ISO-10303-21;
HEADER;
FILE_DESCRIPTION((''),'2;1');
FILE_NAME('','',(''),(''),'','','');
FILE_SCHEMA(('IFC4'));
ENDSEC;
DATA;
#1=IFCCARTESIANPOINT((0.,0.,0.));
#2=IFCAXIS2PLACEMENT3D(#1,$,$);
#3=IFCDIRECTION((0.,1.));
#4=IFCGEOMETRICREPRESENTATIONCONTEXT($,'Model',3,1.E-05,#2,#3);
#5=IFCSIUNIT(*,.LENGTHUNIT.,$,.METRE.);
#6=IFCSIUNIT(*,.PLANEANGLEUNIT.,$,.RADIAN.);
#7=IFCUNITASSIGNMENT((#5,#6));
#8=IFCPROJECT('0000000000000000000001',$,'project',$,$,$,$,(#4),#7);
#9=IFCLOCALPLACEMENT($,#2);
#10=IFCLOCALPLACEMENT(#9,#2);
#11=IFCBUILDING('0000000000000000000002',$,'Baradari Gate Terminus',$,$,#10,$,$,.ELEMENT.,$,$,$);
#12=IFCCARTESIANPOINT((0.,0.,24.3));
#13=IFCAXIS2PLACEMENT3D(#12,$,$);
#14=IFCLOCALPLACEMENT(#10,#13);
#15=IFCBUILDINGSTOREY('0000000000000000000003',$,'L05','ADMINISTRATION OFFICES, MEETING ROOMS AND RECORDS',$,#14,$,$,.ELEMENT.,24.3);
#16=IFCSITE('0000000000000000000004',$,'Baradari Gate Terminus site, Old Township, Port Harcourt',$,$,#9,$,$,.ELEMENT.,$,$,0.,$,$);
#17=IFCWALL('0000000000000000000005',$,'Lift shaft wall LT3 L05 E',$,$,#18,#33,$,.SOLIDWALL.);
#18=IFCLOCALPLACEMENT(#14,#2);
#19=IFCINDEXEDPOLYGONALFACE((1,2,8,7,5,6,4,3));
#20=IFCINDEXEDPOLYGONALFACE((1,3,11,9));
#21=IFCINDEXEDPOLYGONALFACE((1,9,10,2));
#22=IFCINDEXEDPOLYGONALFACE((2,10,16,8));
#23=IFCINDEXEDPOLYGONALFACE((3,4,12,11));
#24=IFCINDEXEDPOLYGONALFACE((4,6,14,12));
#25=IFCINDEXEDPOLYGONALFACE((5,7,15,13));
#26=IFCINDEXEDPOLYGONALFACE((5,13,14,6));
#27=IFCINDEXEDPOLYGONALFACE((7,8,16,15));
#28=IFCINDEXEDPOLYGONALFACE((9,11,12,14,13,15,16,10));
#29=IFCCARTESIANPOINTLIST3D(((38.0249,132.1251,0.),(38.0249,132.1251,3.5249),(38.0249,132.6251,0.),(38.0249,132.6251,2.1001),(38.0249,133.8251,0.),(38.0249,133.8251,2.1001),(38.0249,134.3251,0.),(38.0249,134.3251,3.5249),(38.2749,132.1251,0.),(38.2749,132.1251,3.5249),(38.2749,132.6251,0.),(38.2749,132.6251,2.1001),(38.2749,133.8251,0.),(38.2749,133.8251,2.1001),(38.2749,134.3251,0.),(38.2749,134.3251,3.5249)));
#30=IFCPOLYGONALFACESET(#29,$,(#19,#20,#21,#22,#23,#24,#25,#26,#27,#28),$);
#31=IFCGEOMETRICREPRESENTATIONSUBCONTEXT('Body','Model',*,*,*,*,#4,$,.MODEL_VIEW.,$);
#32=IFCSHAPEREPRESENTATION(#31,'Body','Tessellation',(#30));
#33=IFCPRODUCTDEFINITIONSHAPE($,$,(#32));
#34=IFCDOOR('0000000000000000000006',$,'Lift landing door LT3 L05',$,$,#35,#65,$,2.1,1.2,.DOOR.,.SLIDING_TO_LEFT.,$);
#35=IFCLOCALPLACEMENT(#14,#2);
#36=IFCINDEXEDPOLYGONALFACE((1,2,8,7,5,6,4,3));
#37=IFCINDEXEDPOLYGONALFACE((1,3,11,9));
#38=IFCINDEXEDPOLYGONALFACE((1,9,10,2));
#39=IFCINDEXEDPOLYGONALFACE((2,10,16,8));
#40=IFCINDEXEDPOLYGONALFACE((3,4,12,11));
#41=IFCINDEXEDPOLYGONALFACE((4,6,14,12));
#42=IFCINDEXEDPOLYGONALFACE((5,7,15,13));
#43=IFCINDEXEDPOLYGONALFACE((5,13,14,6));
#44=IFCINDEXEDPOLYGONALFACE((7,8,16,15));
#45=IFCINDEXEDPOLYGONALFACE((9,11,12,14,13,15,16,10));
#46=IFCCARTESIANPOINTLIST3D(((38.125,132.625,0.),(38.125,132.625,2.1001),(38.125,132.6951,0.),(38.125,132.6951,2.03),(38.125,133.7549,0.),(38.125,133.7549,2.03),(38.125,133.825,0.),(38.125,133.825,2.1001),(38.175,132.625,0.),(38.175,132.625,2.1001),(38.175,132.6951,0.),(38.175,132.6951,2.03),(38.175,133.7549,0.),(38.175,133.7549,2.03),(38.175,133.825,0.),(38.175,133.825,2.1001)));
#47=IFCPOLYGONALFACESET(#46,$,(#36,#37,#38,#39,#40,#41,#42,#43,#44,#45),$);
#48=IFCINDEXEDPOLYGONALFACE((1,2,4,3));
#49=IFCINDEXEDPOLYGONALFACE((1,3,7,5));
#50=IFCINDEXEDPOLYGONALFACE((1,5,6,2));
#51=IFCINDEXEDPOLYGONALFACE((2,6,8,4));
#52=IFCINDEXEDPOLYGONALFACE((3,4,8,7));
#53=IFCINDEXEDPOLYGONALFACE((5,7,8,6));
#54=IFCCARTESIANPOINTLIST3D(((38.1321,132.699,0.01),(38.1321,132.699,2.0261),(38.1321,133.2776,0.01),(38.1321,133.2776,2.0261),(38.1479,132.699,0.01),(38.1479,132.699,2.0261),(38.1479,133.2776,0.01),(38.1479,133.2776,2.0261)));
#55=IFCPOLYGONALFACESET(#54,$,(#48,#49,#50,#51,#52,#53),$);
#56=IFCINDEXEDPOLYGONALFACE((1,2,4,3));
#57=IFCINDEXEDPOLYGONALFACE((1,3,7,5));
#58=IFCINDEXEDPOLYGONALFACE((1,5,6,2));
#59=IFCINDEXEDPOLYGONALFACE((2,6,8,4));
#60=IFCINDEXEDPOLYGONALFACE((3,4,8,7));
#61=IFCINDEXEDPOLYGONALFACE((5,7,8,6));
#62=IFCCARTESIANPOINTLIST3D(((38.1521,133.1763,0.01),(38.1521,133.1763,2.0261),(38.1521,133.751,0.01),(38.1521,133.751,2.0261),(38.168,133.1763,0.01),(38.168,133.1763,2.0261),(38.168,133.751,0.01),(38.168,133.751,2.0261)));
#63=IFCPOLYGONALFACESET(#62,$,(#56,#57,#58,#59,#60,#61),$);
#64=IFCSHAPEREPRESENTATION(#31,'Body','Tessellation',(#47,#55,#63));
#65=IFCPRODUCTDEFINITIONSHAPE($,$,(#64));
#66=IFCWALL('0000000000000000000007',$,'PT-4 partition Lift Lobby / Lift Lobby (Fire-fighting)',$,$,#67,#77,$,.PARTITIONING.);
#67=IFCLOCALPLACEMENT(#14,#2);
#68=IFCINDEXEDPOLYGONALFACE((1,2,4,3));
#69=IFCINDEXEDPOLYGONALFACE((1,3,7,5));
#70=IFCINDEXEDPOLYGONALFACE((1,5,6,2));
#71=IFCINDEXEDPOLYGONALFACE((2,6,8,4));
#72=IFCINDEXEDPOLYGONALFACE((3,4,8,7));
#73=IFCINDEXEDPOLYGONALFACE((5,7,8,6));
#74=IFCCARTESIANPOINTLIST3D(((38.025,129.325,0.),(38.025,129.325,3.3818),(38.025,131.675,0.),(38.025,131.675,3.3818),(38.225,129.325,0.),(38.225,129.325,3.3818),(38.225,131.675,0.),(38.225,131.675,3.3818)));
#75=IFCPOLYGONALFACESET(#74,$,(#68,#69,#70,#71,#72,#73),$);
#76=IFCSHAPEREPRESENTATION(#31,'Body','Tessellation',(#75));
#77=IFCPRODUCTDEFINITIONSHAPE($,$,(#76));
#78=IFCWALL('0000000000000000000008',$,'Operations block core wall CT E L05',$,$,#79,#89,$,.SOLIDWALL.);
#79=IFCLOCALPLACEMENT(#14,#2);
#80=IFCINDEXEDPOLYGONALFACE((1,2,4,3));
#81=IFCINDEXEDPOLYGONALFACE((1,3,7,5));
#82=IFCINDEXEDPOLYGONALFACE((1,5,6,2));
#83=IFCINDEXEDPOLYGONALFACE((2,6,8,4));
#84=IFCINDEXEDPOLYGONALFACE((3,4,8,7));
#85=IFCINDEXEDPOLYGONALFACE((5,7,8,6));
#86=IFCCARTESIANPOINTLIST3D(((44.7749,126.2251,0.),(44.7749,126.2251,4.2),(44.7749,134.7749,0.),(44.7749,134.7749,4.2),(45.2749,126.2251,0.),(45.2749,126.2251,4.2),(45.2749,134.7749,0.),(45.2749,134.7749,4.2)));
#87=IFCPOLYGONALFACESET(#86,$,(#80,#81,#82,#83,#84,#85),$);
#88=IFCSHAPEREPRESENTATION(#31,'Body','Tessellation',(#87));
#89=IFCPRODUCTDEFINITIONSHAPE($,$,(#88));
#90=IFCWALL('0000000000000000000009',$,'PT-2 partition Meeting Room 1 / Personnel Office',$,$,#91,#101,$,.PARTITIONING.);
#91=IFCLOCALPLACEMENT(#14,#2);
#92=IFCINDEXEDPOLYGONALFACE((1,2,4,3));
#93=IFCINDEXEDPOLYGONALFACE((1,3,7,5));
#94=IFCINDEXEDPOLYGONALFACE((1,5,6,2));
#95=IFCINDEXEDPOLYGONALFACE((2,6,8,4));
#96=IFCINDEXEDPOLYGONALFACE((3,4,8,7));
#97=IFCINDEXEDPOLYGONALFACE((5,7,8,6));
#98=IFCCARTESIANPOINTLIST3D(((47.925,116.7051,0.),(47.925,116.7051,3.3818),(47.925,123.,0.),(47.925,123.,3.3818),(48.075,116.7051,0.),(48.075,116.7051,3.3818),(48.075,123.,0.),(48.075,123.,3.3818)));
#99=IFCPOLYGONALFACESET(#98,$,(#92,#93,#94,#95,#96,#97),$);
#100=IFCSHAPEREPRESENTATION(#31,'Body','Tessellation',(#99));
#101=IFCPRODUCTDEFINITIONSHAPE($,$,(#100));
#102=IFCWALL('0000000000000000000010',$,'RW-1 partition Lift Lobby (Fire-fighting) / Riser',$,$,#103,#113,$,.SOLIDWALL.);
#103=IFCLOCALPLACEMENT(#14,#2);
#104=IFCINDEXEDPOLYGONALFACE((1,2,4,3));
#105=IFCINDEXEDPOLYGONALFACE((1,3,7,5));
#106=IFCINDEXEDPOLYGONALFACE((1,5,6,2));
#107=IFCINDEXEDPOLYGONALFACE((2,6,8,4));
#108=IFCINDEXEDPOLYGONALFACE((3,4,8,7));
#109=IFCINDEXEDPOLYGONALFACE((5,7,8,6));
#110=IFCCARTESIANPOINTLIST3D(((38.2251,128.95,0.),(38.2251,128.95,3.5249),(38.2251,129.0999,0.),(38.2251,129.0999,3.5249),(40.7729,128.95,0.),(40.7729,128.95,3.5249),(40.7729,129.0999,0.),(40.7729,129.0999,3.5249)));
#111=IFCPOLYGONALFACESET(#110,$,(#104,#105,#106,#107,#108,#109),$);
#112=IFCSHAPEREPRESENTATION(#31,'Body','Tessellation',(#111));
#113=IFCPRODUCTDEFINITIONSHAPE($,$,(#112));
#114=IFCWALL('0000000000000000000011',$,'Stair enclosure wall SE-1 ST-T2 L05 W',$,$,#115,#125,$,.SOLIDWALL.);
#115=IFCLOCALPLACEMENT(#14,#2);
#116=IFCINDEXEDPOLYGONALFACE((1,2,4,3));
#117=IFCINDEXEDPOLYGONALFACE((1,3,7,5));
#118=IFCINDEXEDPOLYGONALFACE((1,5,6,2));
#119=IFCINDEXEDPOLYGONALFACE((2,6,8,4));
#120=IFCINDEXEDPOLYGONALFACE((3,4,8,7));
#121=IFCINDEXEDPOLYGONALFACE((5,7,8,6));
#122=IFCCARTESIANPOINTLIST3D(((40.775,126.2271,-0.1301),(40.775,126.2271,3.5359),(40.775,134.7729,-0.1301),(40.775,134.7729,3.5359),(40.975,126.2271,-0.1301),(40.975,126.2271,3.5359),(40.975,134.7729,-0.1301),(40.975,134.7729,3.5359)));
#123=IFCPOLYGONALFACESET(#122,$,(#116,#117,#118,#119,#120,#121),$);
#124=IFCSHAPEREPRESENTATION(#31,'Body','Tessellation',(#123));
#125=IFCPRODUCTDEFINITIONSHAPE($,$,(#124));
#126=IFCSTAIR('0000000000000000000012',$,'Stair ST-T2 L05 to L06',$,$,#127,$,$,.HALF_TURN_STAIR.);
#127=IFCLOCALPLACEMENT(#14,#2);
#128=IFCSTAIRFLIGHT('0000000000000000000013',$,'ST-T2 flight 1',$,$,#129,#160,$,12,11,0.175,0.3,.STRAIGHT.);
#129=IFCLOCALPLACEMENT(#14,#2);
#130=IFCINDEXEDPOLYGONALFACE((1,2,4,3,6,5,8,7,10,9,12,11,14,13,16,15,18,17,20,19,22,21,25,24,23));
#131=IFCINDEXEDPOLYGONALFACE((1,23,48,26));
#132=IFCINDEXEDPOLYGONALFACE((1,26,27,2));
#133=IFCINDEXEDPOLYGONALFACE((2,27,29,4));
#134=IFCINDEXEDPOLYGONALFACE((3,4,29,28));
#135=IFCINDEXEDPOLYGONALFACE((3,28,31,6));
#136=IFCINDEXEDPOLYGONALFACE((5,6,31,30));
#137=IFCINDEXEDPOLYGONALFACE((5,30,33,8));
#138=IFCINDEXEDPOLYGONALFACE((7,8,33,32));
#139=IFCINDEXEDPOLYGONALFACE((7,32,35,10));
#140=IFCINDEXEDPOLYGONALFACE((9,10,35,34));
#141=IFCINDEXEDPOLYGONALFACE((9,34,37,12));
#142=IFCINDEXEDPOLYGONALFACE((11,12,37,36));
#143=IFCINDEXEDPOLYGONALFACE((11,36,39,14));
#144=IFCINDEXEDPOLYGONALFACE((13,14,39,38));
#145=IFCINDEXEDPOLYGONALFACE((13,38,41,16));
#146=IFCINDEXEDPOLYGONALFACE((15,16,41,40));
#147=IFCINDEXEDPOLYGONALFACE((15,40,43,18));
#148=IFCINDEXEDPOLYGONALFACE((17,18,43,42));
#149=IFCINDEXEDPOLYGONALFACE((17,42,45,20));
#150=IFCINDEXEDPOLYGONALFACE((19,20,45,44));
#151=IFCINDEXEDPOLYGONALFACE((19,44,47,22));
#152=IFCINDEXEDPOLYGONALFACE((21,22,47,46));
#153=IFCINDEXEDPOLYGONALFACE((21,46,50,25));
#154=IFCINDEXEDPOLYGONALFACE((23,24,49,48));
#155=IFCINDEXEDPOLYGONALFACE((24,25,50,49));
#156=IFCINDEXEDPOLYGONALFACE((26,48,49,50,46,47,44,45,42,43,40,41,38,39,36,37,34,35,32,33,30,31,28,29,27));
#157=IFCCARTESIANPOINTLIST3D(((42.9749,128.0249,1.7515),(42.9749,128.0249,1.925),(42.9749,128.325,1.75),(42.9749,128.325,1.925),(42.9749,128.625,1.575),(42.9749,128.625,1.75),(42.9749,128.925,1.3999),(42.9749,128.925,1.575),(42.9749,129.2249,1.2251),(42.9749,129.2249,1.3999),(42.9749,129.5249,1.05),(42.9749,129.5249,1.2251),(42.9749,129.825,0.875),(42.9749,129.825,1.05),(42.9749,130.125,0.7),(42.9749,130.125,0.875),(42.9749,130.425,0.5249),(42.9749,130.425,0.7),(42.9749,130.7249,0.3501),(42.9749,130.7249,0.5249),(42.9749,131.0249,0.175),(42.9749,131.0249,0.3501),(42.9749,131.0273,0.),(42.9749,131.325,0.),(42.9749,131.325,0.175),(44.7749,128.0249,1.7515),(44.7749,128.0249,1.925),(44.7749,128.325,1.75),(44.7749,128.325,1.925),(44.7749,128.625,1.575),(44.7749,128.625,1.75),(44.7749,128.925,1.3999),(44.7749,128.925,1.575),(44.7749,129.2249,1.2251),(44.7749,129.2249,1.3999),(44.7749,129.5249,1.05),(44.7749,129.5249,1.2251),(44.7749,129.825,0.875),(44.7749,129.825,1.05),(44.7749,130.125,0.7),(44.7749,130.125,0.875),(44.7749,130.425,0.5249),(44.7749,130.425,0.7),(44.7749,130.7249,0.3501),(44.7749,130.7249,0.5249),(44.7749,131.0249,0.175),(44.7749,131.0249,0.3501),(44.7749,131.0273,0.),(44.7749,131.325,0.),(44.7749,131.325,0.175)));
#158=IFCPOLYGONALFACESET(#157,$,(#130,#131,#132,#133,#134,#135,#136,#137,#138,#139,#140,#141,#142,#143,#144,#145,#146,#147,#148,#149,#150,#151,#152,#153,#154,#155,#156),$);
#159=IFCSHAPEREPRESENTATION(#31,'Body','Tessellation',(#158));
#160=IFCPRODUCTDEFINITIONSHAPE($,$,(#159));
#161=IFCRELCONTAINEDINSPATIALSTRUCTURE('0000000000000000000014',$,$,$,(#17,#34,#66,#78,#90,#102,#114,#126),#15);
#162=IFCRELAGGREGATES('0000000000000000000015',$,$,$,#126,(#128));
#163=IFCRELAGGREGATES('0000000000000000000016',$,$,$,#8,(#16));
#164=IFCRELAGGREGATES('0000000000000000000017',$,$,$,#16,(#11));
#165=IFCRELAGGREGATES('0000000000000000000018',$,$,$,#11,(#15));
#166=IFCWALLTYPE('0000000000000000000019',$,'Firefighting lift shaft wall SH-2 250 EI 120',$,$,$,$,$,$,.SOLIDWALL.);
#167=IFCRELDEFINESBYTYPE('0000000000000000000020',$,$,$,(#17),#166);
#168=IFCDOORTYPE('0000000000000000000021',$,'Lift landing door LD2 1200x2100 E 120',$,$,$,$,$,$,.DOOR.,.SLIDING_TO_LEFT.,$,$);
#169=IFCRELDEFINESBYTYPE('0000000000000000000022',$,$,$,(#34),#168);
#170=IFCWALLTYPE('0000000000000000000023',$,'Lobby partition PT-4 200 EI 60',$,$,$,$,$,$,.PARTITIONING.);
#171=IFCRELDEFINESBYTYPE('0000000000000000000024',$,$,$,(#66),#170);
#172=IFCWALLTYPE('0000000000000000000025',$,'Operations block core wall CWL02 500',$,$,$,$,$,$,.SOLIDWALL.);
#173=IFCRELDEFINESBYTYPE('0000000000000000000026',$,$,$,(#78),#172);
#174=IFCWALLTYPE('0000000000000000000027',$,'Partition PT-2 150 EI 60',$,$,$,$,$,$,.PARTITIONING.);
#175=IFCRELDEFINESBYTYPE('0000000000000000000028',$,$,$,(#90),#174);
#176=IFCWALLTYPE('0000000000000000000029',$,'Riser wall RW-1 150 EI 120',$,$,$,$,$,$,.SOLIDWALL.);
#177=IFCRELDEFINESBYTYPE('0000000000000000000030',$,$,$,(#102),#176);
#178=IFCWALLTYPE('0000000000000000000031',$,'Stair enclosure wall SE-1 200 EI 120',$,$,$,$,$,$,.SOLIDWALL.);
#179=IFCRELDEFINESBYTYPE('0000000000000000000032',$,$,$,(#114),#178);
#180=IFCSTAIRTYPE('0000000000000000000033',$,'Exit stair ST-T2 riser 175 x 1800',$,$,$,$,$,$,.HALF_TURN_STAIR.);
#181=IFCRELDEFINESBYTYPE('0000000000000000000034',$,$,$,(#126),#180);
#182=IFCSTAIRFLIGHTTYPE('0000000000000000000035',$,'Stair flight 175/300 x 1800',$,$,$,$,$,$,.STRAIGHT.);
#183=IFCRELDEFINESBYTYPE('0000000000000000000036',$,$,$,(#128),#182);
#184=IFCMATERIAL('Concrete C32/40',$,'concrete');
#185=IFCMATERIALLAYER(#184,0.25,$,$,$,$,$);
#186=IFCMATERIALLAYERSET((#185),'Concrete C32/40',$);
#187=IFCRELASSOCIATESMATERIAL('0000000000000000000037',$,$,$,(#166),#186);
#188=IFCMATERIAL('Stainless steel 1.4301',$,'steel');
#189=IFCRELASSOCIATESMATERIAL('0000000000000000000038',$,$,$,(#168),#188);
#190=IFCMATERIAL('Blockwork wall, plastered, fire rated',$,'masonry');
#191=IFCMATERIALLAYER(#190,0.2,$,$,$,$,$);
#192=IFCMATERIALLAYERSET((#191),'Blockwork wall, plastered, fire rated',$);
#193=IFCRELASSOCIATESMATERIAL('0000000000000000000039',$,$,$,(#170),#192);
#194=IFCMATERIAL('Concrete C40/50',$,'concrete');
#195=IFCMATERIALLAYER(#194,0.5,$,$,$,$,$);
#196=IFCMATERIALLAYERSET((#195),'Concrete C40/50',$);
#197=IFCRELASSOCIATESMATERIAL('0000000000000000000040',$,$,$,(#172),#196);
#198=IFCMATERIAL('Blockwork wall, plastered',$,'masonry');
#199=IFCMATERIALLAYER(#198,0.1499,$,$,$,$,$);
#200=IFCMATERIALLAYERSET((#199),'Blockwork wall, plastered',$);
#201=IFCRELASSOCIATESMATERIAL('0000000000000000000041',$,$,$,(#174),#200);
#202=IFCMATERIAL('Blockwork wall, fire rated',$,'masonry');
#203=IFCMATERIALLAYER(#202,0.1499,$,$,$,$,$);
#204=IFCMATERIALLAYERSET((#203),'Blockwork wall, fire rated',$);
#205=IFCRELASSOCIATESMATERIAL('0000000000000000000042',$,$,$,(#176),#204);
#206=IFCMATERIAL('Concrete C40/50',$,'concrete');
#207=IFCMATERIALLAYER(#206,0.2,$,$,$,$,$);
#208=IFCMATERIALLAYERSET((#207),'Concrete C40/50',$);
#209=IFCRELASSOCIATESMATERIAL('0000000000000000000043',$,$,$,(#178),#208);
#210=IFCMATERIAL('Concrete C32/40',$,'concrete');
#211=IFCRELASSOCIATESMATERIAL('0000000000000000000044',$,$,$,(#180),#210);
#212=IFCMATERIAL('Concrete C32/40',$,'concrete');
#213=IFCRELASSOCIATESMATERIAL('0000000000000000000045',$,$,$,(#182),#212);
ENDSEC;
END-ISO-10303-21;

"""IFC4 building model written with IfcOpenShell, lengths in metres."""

from ifc_helpers import new_model, si_unit, direction, frame, frame_2d, origin, place, context, subcontext, project, spatial, polyline, rectangle, outline, extrude, material, layer, layer_set, type_object, element, fill, aggregate, save


model = new_model("IFC4")

# Units and contexts
model_context = context("Model", 3, precision=1e-05, world=origin(), true_north=direction((0.0, 1.0)))
body_context = subcontext(model_context, "Body", "Model", "MODEL_VIEW")
ifc_project = project(units=[si_unit("LENGTHUNIT", "METRE"), si_unit("PLANEANGLEUNIT", "RADIAN")], contexts=[model_context])

# Site, building, storey
site_placement = place(None, origin())
site = spatial("IfcSite", under=ifc_project, at=site_placement, Name="Baradari Gate Terminus site, Old Township, Port Harcourt", CompositionType="ELEMENT", RefElevation=0.0)
building_placement = place(site_placement, origin())
building = spatial("IfcBuilding", under=site, at=building_placement, Name="Baradari Gate Terminus", CompositionType="ELEMENT")
storey_placement = place(building_placement, frame((0.0, 0.0, 24.3)))
storey = spatial("IfcBuildingStorey", under=building, at=storey_placement, Name="L05", Description="ADMINISTRATION OFFICES, MEETING ROOMS AND RECORDS", CompositionType="ELEMENT", Elevation=24.3)

# Wall, opening, door
ifc_material_1 = material(Name="Concrete C32/40", Category="concrete")
ifc_layer_1 = layer(ifc_material_1, 0.25)
ifc_layer_set_1 = layer_set([ifc_layer_1], Name="Concrete C32/40")
wall_type_1 = type_object("IfcWallType", Name="Firefighting lift shaft wall SH-2 250 EI 120", PredefinedType="SOLIDWALL", material=ifc_layer_set_1)
wall_1_placement = place(storey_placement, frame((38.1499, 132.125, 0.0), z_axis=(0.0, 0.0, 1.0), x_axis=(0.0, 1.0, 0.0)))
wall_1 = element("IfcWall", 1, at=wall_1_placement, inside=storey, type_object=wall_type_1, Name="Lift shaft wall LT3 L05 E", PredefinedType="SOLIDWALL", context=body_context, shape_type="SweptSolid", body=[
    extrude(rectangle(XDim=2.2, YDim=0.25, at=frame_2d((1.1001, 0.0))), origin(), (0.0, 0.0, 1.0), 3.5249),
])
opening_1_placement = place(wall_1_placement, frame((0.5, 0.0, 0.0)))
opening_1 = element("IfcOpeningElement", 2, at=opening_1_placement, cuts=wall_1, PredefinedType="OPENING", context=body_context, shape_type="SweptSolid", body=[
    extrude(rectangle(XDim=1.2, YDim=2.1001, at=frame_2d((0.6001, 1.05))), frame((0.0, 0.135, 0.0), z_axis=(0.0, -1.0, 0.0), x_axis=(1.0, 0.0, 0.0)), (0.0, 0.0, 1.0), 0.27),
])
ifc_material_2 = material(Name="Stainless steel 1.4301", Category="steel")
door_type_1 = type_object("IfcDoorType", Name="Lift landing door LD2 1200x2100 E 120", OperationType="SLIDING_TO_LEFT", PredefinedType="DOOR", material=ifc_material_2)
door_1_placement = place(opening_1_placement, origin())
door_1 = element("IfcDoor", 3, at=door_1_placement, inside=storey, type_object=door_type_1, Name="Lift landing door LT3 L05", OperationType="SLIDING_TO_LEFT", OverallHeight=2.1, OverallWidth=1.2, PredefinedType="DOOR", context=body_context, shape_type="SweptSolid", body=[
    extrude(outline(polyline([(0.0, 0.0), (0.0701, 0.0), (0.0701, 2.03), (1.1299, 2.03), (1.1299, 0.0), (1.2, 0.0), (1.2, 2.1001), (0.0, 2.1001), (0.0, 0.0)])), frame((0.0, 0.0249, 0.0), z_axis=(0.0, -1.0, 0.0), x_axis=(1.0, 0.0, 0.0)), (0.0, 0.0, 1.0), 0.05),
    extrude(rectangle(XDim=0.5786, YDim=2.0161, at=frame_2d((0.3633, 1.0181))), frame((0.0, 0.0178, 0.0), z_axis=(0.0, -1.0, 0.0), x_axis=(1.0, 0.0, 0.0)), (0.0, 0.0, 1.0), 0.0159),
    extrude(rectangle(XDim=0.5747, YDim=2.0161, at=frame_2d((0.8386, 1.0181))), frame((0.0, -0.0022, 0.0), z_axis=(0.0, -1.0, 0.0), x_axis=(1.0, 0.0, 0.0)), (0.0, 0.0, 1.0), 0.0159),
])
fill(opening_1, door_1)

# Walls
ifc_material_3 = material(Name="Blockwork wall, plastered, fire rated", Category="masonry")
ifc_layer_2 = layer(ifc_material_3, 0.2)
ifc_layer_set_2 = layer_set([ifc_layer_2], Name="Blockwork wall, plastered, fire rated")
wall_type_2 = type_object("IfcWallType", Name="Lobby partition PT-4 200 EI 60", PredefinedType="PARTITIONING", material=ifc_layer_set_2)
wall_2_placement = place(storey_placement, frame((38.125, 131.675, 0.0), z_axis=(0.0, 0.0, 1.0), x_axis=(0.0, -1.0, 0.0)))
element("IfcWall", 4, at=wall_2_placement, inside=storey, type_object=wall_type_2, Name="PT-4 partition Lift Lobby / Lift Lobby (Fire-fighting)", PredefinedType="PARTITIONING", context=body_context, shape_type="SweptSolid", body=[
    extrude(rectangle(XDim=2.3501, YDim=0.2, at=frame_2d((1.175, 0.0))), origin(), (0.0, 0.0, 1.0), 3.3818),
])
ifc_material_4 = material(Name="Concrete C40/50", Category="concrete")
ifc_layer_3 = layer(ifc_material_4, 0.5)
ifc_layer_set_3 = layer_set([ifc_layer_3], Name="Concrete C40/50")
wall_type_3 = type_object("IfcWallType", Name="Operations block core wall CWL02 500", PredefinedType="SOLIDWALL", material=ifc_layer_set_3)
wall_3_placement = place(storey_placement, frame((45.0249, 126.2251, 0.0), z_axis=(0.0, 0.0, 1.0), x_axis=(0.0, 1.0, 0.0)))
element("IfcWall", 5, at=wall_3_placement, inside=storey, type_object=wall_type_3, Name="Operations block core wall CT E L05", PredefinedType="SOLIDWALL", context=body_context, shape_type="SweptSolid", body=[
    extrude(rectangle(XDim=8.5498, YDim=0.5, at=frame_2d((4.2749, 0.0))), origin(), (0.0, 0.0, 1.0), 4.2),
])
ifc_material_5 = material(Name="Blockwork wall, plastered", Category="masonry")
ifc_layer_4 = layer(ifc_material_5, 0.1499)
ifc_layer_set_4 = layer_set([ifc_layer_4], Name="Blockwork wall, plastered")
wall_type_4 = type_object("IfcWallType", Name="Partition PT-2 150 EI 60", PredefinedType="PARTITIONING", material=ifc_layer_set_4)
wall_4_placement = place(storey_placement, frame((48.0, 116.7051, 0.0), z_axis=(0.0, 0.0, 1.0), x_axis=(0.0, 1.0, 0.0)))
element("IfcWall", 6, at=wall_4_placement, inside=storey, type_object=wall_type_4, Name="PT-2 partition Meeting Room 1 / Personnel Office", PredefinedType="PARTITIONING", context=body_context, shape_type="SweptSolid", body=[
    extrude(rectangle(XDim=6.2949, YDim=0.1499, at=frame_2d((3.1475, 0.0))), origin(), (0.0, 0.0, 1.0), 3.3818),
])
ifc_material_6 = material(Name="Blockwork wall, fire rated", Category="masonry")
ifc_layer_5 = layer(ifc_material_6, 0.1499)
ifc_layer_set_5 = layer_set([ifc_layer_5], Name="Blockwork wall, fire rated")
wall_type_5 = type_object("IfcWallType", Name="Riser wall RW-1 150 EI 120", PredefinedType="SOLIDWALL", material=ifc_layer_set_5)
wall_5_placement = place(storey_placement, frame((40.7729, 129.0249, 0.0), z_axis=(0.0, 0.0, 1.0), x_axis=(-1.0, 0.0, 0.0)))
element("IfcWall", 7, at=wall_5_placement, inside=storey, type_object=wall_type_5, Name="RW-1 partition Lift Lobby (Fire-fighting) / Riser", PredefinedType="SOLIDWALL", context=body_context, shape_type="SweptSolid", body=[
    extrude(rectangle(XDim=2.5479, YDim=0.1499, at=frame_2d((1.2739, 0.0))), origin(), (0.0, 0.0, 1.0), 3.5249),
])
ifc_material_7 = material(Name="Concrete C40/50", Category="concrete")
ifc_layer_6 = layer(ifc_material_7, 0.2)
ifc_layer_set_6 = layer_set([ifc_layer_6], Name="Concrete C40/50")
wall_type_6 = type_object("IfcWallType", Name="Stair enclosure wall SE-1 200 EI 120", PredefinedType="SOLIDWALL", material=ifc_layer_set_6)
wall_6_placement = place(storey_placement, frame((40.875, 126.2271, -0.1301), z_axis=(0.0, 0.0, 1.0), x_axis=(0.0, 1.0, 0.0)))
element("IfcWall", 8, at=wall_6_placement, inside=storey, type_object=wall_type_6, Name="Stair enclosure wall SE-1 ST-T2 L05 W", PredefinedType="SOLIDWALL", context=body_context, shape_type="SweptSolid", body=[
    extrude(rectangle(XDim=8.5459, YDim=0.2, at=frame_2d((4.2729, 0.0))), origin(), (0.0, 0.0, 1.0), 3.666),
])

# Stair, stair flight
ifc_material_8 = material(Name="Concrete C32/40", Category="concrete")
stair_type = type_object("IfcStairType", Name="Exit stair ST-T2 riser 175 x 1800", PredefinedType="HALF_TURN_STAIR", material=ifc_material_8)
stair_placement = place(storey_placement, origin())
stair = element("IfcStair", 9, at=stair_placement, inside=storey, type_object=stair_type, Name="Stair ST-T2 L05 to L06", PredefinedType="HALF_TURN_STAIR")
ifc_material_9 = material(Name="Concrete C32/40", Category="concrete")
stair_flight_type = type_object("IfcStairFlightType", Name="Stair flight 175/300 x 1800", PredefinedType="STRAIGHT", material=ifc_material_9)
stair_flight_1_placement = place(storey_placement, frame((43.875, 131.325, 0.0), z_axis=(0.0, 0.0, 1.0), x_axis=(0.0, -1.0, 0.0)))
stair_flight_1 = element("IfcStairFlight", 10, at=stair_flight_1_placement, type_object=stair_flight_type, Name="ST-T2 flight 1", NumberOfRisers=12, NumberOfTreads=11, PredefinedType="STRAIGHT", RiserHeight=0.175, TreadLength=0.3, context=body_context, shape_type="SweptSolid", body=[
    extrude(outline(polyline([(0.0, 0.0), (0.0, 0.175), (0.3, 0.175), (0.3, 0.3501), (0.6001, 0.3501), (0.6001, 0.5249), (0.8999, 0.5249), (0.8999, 0.7), (1.2, 0.7), (1.2, 0.875), (1.5, 0.875), (1.5, 1.05), (1.8, 1.05), (1.8, 1.2251), (2.1001, 1.2251), (2.1001, 1.3999), (2.3999, 1.3999), (2.3999, 1.575), (2.7, 1.575), (2.7, 1.75), (3.0, 1.75), (3.0, 1.925), (3.3, 1.925), (3.3, 2.1001), (3.3, 1.7515), (0.2976, 0.0), (0.0, 0.0)])), frame((0.0, 0.8999, 0.0), z_axis=(0.0, -1.0, 0.0), x_axis=(1.0, 0.0, 0.0)), (0.0, 0.0, 1.0), 1.8),
])
aggregate(stair, [stair_flight_1])

save(model, "model.ifc")
